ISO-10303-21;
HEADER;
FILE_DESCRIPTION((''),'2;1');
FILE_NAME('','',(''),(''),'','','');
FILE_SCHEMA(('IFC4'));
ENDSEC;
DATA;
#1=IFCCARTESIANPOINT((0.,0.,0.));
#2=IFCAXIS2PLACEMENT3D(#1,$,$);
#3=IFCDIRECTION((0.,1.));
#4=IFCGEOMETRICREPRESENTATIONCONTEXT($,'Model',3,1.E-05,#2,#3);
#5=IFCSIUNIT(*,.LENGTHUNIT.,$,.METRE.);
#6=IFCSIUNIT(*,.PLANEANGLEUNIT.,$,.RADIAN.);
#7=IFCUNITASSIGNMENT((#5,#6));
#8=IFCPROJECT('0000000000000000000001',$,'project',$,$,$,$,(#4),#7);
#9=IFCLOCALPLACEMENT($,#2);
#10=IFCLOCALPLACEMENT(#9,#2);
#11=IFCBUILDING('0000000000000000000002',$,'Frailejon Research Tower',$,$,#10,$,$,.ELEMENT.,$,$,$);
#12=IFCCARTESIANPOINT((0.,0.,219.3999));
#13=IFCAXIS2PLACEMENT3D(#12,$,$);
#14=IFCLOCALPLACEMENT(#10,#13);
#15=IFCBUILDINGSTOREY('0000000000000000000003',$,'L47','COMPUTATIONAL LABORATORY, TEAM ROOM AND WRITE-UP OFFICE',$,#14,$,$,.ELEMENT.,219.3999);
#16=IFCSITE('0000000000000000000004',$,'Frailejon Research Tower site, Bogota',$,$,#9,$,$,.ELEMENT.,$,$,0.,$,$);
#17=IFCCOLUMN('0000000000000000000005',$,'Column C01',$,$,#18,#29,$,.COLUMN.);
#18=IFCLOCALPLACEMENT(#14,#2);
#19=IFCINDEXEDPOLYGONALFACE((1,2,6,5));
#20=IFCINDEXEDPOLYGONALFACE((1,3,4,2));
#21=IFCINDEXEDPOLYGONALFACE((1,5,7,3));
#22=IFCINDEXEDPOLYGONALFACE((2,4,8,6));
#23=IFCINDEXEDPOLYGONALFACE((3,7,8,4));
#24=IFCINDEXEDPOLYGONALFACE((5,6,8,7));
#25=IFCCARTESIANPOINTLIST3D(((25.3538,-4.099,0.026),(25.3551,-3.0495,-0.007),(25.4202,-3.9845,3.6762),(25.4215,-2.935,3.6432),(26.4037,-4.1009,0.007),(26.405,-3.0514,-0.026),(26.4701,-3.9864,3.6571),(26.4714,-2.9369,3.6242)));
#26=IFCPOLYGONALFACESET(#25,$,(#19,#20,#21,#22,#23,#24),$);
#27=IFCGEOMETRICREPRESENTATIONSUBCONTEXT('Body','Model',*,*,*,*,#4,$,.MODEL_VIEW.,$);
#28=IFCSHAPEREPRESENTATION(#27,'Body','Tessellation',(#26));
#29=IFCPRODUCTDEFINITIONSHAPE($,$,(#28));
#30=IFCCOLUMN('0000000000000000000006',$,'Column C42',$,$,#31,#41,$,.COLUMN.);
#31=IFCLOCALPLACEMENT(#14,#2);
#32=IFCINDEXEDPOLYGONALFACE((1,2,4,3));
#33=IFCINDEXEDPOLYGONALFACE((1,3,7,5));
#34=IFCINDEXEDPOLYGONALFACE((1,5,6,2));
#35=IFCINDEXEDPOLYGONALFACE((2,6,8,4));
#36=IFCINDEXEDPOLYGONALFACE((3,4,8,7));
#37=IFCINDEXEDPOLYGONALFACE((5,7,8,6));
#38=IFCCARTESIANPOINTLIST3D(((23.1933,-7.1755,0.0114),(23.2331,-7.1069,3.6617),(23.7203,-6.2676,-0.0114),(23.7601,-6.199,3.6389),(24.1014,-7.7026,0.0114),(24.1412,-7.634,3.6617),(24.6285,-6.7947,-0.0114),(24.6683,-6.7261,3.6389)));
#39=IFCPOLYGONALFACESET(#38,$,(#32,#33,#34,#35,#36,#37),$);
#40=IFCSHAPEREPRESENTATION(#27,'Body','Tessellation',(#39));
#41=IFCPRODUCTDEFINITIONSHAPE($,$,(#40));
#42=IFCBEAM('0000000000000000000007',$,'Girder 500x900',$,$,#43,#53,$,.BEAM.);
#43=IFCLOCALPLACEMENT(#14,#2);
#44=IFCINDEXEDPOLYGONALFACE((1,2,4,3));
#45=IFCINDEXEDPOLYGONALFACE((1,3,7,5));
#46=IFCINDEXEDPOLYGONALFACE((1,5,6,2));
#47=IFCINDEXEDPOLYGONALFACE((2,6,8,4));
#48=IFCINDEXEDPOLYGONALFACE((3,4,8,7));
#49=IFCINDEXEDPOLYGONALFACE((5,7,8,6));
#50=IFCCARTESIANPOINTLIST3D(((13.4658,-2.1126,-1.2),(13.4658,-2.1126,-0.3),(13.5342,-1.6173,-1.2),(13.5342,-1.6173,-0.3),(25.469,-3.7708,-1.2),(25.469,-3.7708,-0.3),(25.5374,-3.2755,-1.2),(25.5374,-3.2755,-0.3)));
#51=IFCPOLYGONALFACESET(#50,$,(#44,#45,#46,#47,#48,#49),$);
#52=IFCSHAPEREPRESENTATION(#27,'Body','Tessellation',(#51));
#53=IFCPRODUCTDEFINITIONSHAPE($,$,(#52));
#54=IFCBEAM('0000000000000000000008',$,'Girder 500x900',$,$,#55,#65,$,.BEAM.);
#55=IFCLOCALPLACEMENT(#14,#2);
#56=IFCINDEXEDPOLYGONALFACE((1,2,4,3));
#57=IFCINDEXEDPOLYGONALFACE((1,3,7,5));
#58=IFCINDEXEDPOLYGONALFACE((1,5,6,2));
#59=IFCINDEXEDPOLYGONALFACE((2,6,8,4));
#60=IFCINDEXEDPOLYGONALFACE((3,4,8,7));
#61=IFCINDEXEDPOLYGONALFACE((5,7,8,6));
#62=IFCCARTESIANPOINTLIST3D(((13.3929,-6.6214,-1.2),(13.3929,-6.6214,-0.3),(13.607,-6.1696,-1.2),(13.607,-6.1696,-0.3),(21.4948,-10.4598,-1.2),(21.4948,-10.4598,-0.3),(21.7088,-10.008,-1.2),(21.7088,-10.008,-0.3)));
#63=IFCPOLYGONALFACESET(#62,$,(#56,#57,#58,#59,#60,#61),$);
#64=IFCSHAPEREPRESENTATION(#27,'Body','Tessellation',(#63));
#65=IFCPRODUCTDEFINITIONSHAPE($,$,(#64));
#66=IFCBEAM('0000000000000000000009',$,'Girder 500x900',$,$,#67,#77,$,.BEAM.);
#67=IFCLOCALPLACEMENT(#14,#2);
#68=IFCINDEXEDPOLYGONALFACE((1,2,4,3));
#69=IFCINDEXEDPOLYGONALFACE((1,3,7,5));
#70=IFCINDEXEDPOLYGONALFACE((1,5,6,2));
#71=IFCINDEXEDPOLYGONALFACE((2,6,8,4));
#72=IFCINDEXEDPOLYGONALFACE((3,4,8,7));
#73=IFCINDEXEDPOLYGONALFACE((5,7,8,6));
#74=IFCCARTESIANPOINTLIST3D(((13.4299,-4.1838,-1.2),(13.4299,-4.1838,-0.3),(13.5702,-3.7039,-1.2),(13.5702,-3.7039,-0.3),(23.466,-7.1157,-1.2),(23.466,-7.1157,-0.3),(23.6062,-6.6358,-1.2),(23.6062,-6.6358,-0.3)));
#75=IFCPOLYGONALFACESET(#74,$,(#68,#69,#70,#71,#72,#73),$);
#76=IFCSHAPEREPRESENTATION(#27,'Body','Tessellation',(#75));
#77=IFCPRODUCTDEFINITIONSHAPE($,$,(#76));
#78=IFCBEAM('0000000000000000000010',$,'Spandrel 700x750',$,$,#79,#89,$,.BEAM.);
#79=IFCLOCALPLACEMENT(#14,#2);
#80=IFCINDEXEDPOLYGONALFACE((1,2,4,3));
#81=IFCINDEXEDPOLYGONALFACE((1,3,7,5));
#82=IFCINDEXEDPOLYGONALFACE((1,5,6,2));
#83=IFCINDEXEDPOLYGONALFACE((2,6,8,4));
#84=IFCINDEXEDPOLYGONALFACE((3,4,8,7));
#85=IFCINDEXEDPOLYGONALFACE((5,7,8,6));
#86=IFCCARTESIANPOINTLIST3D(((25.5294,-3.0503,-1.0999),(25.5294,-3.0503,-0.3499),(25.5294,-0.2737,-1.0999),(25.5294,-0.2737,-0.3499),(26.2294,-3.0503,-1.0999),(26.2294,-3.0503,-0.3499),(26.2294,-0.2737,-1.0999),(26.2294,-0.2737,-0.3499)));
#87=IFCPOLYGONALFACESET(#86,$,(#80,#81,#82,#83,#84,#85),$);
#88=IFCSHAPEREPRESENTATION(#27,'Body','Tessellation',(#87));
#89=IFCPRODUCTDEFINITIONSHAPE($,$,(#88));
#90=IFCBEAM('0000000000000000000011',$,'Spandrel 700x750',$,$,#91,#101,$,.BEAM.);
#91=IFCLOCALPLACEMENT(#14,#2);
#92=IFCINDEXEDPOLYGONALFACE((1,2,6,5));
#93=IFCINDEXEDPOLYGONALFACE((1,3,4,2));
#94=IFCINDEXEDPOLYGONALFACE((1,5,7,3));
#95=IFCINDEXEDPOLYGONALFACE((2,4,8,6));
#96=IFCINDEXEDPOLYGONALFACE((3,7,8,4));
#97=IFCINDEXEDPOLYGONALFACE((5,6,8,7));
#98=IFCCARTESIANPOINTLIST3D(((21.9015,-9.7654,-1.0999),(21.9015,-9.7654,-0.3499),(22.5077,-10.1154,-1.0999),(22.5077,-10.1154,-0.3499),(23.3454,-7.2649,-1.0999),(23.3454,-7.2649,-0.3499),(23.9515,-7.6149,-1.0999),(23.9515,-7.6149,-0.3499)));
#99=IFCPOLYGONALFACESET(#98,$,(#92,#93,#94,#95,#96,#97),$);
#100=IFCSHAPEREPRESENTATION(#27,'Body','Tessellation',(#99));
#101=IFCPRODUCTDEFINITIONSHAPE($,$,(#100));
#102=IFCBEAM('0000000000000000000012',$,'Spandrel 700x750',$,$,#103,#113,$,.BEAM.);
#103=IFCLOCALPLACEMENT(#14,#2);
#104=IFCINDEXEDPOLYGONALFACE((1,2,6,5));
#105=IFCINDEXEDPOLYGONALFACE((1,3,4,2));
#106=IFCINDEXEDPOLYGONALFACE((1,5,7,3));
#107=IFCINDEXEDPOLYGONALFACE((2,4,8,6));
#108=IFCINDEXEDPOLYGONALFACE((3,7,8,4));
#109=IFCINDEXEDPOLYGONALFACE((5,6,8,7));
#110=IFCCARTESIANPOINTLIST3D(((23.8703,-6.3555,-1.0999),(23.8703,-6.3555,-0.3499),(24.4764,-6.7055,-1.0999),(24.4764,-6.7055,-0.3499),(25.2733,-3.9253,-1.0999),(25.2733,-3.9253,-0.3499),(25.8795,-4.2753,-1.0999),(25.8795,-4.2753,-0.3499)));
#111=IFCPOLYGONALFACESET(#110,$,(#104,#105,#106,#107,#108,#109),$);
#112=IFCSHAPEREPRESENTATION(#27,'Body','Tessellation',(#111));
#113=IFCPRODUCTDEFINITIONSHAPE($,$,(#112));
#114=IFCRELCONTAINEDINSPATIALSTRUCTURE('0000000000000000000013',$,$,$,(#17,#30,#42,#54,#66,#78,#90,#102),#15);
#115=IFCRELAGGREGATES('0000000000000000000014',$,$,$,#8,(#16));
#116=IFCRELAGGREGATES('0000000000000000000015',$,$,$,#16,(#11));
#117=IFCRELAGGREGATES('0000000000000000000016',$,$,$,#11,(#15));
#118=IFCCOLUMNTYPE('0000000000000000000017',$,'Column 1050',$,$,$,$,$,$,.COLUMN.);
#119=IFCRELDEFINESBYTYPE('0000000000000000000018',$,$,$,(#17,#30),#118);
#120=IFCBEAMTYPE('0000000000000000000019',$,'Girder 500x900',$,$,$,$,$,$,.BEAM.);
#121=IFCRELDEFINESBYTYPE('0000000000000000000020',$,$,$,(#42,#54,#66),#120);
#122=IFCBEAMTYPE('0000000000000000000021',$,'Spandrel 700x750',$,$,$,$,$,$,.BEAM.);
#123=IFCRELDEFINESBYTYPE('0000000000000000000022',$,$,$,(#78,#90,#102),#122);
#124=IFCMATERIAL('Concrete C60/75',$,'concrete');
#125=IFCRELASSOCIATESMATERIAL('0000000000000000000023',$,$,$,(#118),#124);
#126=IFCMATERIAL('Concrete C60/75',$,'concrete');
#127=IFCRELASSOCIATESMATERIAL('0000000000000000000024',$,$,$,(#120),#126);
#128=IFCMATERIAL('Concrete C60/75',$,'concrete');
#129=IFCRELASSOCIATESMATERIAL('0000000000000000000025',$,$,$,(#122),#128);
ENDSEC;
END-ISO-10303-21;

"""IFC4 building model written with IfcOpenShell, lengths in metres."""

from ifc_helpers import new_model, si_unit, direction, frame, origin, origin_2d, place, context, subcontext, project, spatial, rectangle, extrude, material, material_profile, profile_set, type_object, element, save


model = new_model("IFC4")

# Units and contexts
model_context = context("Model", 3, precision=1e-05, world=origin(), true_north=direction((0.0, 1.0)))
body_context = subcontext(model_context, "Body", "Model", "MODEL_VIEW")
ifc_project = project(units=[si_unit("LENGTHUNIT", "METRE"), si_unit("PLANEANGLEUNIT", "RADIAN")], contexts=[model_context])

# Site, building, storey
site_placement = place(None, origin())
site = spatial("IfcSite", under=ifc_project, at=site_placement, Name="Frailejon Research Tower site, Bogota", CompositionType="ELEMENT", RefElevation=0.0)
building_placement = place(site_placement, origin())
building = spatial("IfcBuilding", under=site, at=building_placement, Name="Frailejon Research Tower", CompositionType="ELEMENT")
storey_placement = place(building_placement, frame((0.0, 0.0, 219.3999)))
storey = spatial("IfcBuildingStorey", under=building, at=storey_placement, Name="L47", Description="COMPUTATIONAL LABORATORY, TEAM ROOM AND WRITE-UP OFFICE", CompositionType="ELEMENT", Elevation=219.3999)

# Columns
ifc_material_1 = material(Name="Concrete C60/75", Category="concrete")
ifc_material_profile_1 = material_profile(ifc_material_1, rectangle(XDim=1.05, YDim=1.05, at=origin_2d()), Name="Column 1050")
ifc_profile_set_1 = profile_set([ifc_material_profile_1], Name="Concrete C60/75")
column_type = type_object("IfcColumnType", Name="Column 1050", PredefinedType="COLUMN", material=ifc_profile_set_1)
column_1_placement = place(storey_placement, frame((25.8794, -3.5752, 0.0), z_axis=(0.018181, 0.031349, 0.999343), x_axis=(0.001221, 0.999507, -0.031376)))
element("IfcColumn", 1, at=column_1_placement, inside=storey, type_object=column_type, Name="Column C01", PredefinedType="COLUMN", context=body_context, shape_type="SweptSolid", body=[
    extrude(rectangle(XDim=1.05, YDim=1.05, at=origin_2d()), origin(), (0.0, 0.0, 1.0), 3.6526),
])
column_2_placement = place(storey_placement, frame((23.9109, -6.9851, 0.0), z_axis=(0.0109, 0.01879, 0.999764), x_axis=(0.501924, 0.864639, -0.021723)))
element("IfcColumn", 2, at=column_2_placement, inside=storey, type_object=column_type, Name="Column C42", PredefinedType="COLUMN", context=body_context, shape_type="SweptSolid", body=[
    extrude(rectangle(XDim=1.05, YDim=1.05, at=origin_2d()), origin(), (0.0, 0.0, 1.0), 3.6511),
])

# Beams
ifc_material_2 = material(Name="Concrete C60/75", Category="concrete")
ifc_material_profile_2 = material_profile(ifc_material_2, rectangle(XDim=0.5, YDim=0.8999, at=origin_2d()), Name="Girder 500x900")
ifc_profile_set_2 = profile_set([ifc_material_profile_2], Name="Concrete C60/75")
beam_type_1 = type_object("IfcBeamType", Name="Girder 500x900", PredefinedType="BEAM", material=ifc_profile_set_2)
beam_1_placement = place(storey_placement, frame((25.5032, -3.5232, -0.75), z_axis=(-0.990592, 0.136847, 0.0), x_axis=(-0.136847, -0.990592, 0.0)))
element("IfcBeam", 3, at=beam_1_placement, inside=storey, type_object=beam_type_1, Name="Girder 500x900", PredefinedType="BEAM", context=body_context, shape_type="SweptSolid", body=[
    extrude(rectangle(XDim=0.5, YDim=0.8999, at=origin_2d()), origin(), (0.0, 0.0, 1.0), 12.1172),
])
beam_2_placement = place(storey_placement, frame((21.6018, -10.2339, -0.75), z_axis=(-0.903708, 0.428148, 0.0), x_axis=(-0.428148, -0.903708, 0.0)))
element("IfcBeam", 4, at=beam_2_placement, inside=storey, type_object=beam_type_1, Name="Girder 500x900", PredefinedType="BEAM", context=body_context, shape_type="SweptSolid", body=[
    extrude(rectangle(XDim=0.5, YDim=0.8999, at=origin_2d()), origin(), (0.0, 0.0, 1.0), 8.9651),
])
beam_3_placement = place(storey_placement, frame((23.5361, -6.8757, -0.75), z_axis=(-0.95988, 0.280412, 0.0), x_axis=(-0.280412, -0.95988, 0.0)))
element("IfcBeam", 5, at=beam_3_placement, inside=storey, type_object=beam_type_1, Name="Girder 500x900", PredefinedType="BEAM", context=body_context, shape_type="SweptSolid", body=[
    extrude(rectangle(XDim=0.5, YDim=0.8999, at=origin_2d()), origin(), (0.0, 0.0, 1.0), 10.4556),
])
ifc_material_3 = material(Name="Concrete C60/75", Category="concrete")
ifc_material_profile_3 = material_profile(ifc_material_3, rectangle(XDim=0.7, YDim=0.75, at=origin_2d()), Name="Spandrel 700x750")
ifc_profile_set_3 = profile_set([ifc_material_profile_3], Name="Concrete C60/75")
beam_type_2 = type_object("IfcBeamType", Name="Spandrel 700x750", PredefinedType="BEAM", material=ifc_profile_set_3)
beam_4_placement = place(storey_placement, frame((25.8794, -3.0503, -0.7249), z_axis=(0.0, 1.0, 0.0), x_axis=(-1.0, 0.0, 0.0)))
element("IfcBeam", 6, at=beam_4_placement, inside=storey, type_object=beam_type_2, Name="Spandrel 700x750", PredefinedType="BEAM", context=body_context, shape_type="SweptSolid", body=[
    extrude(rectangle(XDim=0.7, YDim=0.75, at=origin_2d()), origin(), (0.0, 0.0, 1.0), 2.7766),
])
beam_5_placement = place(storey_placement, frame((22.2046, -9.9404, -0.7249), z_axis=(0.500049, 0.865997, 0.0), x_axis=(-0.865997, 0.500049, 0.0)))
element("IfcBeam", 7, at=beam_5_placement, inside=storey, type_object=beam_type_2, Name="Spandrel 700x750", PredefinedType="BEAM", context=body_context, shape_type="SweptSolid", body=[
    extrude(rectangle(XDim=0.7, YDim=0.75, at=origin_2d()), origin(), (0.0, 0.0, 1.0), 2.8875),
])
beam_6_placement = place(storey_placement, frame((24.1733, -6.5305, -0.7249), z_axis=(0.500004, 0.866023, 0.0), x_axis=(-0.866023, 0.500004, 0.0)))
element("IfcBeam", 8, at=beam_6_placement, inside=storey, type_object=beam_type_2, Name="Spandrel 700x750", PredefinedType="BEAM", context=body_context, shape_type="SweptSolid", body=[
    extrude(rectangle(XDim=0.7, YDim=0.75, at=origin_2d()), origin(), (0.0, 0.0, 1.0), 2.8062),
])

save(model, "model.ifc")
